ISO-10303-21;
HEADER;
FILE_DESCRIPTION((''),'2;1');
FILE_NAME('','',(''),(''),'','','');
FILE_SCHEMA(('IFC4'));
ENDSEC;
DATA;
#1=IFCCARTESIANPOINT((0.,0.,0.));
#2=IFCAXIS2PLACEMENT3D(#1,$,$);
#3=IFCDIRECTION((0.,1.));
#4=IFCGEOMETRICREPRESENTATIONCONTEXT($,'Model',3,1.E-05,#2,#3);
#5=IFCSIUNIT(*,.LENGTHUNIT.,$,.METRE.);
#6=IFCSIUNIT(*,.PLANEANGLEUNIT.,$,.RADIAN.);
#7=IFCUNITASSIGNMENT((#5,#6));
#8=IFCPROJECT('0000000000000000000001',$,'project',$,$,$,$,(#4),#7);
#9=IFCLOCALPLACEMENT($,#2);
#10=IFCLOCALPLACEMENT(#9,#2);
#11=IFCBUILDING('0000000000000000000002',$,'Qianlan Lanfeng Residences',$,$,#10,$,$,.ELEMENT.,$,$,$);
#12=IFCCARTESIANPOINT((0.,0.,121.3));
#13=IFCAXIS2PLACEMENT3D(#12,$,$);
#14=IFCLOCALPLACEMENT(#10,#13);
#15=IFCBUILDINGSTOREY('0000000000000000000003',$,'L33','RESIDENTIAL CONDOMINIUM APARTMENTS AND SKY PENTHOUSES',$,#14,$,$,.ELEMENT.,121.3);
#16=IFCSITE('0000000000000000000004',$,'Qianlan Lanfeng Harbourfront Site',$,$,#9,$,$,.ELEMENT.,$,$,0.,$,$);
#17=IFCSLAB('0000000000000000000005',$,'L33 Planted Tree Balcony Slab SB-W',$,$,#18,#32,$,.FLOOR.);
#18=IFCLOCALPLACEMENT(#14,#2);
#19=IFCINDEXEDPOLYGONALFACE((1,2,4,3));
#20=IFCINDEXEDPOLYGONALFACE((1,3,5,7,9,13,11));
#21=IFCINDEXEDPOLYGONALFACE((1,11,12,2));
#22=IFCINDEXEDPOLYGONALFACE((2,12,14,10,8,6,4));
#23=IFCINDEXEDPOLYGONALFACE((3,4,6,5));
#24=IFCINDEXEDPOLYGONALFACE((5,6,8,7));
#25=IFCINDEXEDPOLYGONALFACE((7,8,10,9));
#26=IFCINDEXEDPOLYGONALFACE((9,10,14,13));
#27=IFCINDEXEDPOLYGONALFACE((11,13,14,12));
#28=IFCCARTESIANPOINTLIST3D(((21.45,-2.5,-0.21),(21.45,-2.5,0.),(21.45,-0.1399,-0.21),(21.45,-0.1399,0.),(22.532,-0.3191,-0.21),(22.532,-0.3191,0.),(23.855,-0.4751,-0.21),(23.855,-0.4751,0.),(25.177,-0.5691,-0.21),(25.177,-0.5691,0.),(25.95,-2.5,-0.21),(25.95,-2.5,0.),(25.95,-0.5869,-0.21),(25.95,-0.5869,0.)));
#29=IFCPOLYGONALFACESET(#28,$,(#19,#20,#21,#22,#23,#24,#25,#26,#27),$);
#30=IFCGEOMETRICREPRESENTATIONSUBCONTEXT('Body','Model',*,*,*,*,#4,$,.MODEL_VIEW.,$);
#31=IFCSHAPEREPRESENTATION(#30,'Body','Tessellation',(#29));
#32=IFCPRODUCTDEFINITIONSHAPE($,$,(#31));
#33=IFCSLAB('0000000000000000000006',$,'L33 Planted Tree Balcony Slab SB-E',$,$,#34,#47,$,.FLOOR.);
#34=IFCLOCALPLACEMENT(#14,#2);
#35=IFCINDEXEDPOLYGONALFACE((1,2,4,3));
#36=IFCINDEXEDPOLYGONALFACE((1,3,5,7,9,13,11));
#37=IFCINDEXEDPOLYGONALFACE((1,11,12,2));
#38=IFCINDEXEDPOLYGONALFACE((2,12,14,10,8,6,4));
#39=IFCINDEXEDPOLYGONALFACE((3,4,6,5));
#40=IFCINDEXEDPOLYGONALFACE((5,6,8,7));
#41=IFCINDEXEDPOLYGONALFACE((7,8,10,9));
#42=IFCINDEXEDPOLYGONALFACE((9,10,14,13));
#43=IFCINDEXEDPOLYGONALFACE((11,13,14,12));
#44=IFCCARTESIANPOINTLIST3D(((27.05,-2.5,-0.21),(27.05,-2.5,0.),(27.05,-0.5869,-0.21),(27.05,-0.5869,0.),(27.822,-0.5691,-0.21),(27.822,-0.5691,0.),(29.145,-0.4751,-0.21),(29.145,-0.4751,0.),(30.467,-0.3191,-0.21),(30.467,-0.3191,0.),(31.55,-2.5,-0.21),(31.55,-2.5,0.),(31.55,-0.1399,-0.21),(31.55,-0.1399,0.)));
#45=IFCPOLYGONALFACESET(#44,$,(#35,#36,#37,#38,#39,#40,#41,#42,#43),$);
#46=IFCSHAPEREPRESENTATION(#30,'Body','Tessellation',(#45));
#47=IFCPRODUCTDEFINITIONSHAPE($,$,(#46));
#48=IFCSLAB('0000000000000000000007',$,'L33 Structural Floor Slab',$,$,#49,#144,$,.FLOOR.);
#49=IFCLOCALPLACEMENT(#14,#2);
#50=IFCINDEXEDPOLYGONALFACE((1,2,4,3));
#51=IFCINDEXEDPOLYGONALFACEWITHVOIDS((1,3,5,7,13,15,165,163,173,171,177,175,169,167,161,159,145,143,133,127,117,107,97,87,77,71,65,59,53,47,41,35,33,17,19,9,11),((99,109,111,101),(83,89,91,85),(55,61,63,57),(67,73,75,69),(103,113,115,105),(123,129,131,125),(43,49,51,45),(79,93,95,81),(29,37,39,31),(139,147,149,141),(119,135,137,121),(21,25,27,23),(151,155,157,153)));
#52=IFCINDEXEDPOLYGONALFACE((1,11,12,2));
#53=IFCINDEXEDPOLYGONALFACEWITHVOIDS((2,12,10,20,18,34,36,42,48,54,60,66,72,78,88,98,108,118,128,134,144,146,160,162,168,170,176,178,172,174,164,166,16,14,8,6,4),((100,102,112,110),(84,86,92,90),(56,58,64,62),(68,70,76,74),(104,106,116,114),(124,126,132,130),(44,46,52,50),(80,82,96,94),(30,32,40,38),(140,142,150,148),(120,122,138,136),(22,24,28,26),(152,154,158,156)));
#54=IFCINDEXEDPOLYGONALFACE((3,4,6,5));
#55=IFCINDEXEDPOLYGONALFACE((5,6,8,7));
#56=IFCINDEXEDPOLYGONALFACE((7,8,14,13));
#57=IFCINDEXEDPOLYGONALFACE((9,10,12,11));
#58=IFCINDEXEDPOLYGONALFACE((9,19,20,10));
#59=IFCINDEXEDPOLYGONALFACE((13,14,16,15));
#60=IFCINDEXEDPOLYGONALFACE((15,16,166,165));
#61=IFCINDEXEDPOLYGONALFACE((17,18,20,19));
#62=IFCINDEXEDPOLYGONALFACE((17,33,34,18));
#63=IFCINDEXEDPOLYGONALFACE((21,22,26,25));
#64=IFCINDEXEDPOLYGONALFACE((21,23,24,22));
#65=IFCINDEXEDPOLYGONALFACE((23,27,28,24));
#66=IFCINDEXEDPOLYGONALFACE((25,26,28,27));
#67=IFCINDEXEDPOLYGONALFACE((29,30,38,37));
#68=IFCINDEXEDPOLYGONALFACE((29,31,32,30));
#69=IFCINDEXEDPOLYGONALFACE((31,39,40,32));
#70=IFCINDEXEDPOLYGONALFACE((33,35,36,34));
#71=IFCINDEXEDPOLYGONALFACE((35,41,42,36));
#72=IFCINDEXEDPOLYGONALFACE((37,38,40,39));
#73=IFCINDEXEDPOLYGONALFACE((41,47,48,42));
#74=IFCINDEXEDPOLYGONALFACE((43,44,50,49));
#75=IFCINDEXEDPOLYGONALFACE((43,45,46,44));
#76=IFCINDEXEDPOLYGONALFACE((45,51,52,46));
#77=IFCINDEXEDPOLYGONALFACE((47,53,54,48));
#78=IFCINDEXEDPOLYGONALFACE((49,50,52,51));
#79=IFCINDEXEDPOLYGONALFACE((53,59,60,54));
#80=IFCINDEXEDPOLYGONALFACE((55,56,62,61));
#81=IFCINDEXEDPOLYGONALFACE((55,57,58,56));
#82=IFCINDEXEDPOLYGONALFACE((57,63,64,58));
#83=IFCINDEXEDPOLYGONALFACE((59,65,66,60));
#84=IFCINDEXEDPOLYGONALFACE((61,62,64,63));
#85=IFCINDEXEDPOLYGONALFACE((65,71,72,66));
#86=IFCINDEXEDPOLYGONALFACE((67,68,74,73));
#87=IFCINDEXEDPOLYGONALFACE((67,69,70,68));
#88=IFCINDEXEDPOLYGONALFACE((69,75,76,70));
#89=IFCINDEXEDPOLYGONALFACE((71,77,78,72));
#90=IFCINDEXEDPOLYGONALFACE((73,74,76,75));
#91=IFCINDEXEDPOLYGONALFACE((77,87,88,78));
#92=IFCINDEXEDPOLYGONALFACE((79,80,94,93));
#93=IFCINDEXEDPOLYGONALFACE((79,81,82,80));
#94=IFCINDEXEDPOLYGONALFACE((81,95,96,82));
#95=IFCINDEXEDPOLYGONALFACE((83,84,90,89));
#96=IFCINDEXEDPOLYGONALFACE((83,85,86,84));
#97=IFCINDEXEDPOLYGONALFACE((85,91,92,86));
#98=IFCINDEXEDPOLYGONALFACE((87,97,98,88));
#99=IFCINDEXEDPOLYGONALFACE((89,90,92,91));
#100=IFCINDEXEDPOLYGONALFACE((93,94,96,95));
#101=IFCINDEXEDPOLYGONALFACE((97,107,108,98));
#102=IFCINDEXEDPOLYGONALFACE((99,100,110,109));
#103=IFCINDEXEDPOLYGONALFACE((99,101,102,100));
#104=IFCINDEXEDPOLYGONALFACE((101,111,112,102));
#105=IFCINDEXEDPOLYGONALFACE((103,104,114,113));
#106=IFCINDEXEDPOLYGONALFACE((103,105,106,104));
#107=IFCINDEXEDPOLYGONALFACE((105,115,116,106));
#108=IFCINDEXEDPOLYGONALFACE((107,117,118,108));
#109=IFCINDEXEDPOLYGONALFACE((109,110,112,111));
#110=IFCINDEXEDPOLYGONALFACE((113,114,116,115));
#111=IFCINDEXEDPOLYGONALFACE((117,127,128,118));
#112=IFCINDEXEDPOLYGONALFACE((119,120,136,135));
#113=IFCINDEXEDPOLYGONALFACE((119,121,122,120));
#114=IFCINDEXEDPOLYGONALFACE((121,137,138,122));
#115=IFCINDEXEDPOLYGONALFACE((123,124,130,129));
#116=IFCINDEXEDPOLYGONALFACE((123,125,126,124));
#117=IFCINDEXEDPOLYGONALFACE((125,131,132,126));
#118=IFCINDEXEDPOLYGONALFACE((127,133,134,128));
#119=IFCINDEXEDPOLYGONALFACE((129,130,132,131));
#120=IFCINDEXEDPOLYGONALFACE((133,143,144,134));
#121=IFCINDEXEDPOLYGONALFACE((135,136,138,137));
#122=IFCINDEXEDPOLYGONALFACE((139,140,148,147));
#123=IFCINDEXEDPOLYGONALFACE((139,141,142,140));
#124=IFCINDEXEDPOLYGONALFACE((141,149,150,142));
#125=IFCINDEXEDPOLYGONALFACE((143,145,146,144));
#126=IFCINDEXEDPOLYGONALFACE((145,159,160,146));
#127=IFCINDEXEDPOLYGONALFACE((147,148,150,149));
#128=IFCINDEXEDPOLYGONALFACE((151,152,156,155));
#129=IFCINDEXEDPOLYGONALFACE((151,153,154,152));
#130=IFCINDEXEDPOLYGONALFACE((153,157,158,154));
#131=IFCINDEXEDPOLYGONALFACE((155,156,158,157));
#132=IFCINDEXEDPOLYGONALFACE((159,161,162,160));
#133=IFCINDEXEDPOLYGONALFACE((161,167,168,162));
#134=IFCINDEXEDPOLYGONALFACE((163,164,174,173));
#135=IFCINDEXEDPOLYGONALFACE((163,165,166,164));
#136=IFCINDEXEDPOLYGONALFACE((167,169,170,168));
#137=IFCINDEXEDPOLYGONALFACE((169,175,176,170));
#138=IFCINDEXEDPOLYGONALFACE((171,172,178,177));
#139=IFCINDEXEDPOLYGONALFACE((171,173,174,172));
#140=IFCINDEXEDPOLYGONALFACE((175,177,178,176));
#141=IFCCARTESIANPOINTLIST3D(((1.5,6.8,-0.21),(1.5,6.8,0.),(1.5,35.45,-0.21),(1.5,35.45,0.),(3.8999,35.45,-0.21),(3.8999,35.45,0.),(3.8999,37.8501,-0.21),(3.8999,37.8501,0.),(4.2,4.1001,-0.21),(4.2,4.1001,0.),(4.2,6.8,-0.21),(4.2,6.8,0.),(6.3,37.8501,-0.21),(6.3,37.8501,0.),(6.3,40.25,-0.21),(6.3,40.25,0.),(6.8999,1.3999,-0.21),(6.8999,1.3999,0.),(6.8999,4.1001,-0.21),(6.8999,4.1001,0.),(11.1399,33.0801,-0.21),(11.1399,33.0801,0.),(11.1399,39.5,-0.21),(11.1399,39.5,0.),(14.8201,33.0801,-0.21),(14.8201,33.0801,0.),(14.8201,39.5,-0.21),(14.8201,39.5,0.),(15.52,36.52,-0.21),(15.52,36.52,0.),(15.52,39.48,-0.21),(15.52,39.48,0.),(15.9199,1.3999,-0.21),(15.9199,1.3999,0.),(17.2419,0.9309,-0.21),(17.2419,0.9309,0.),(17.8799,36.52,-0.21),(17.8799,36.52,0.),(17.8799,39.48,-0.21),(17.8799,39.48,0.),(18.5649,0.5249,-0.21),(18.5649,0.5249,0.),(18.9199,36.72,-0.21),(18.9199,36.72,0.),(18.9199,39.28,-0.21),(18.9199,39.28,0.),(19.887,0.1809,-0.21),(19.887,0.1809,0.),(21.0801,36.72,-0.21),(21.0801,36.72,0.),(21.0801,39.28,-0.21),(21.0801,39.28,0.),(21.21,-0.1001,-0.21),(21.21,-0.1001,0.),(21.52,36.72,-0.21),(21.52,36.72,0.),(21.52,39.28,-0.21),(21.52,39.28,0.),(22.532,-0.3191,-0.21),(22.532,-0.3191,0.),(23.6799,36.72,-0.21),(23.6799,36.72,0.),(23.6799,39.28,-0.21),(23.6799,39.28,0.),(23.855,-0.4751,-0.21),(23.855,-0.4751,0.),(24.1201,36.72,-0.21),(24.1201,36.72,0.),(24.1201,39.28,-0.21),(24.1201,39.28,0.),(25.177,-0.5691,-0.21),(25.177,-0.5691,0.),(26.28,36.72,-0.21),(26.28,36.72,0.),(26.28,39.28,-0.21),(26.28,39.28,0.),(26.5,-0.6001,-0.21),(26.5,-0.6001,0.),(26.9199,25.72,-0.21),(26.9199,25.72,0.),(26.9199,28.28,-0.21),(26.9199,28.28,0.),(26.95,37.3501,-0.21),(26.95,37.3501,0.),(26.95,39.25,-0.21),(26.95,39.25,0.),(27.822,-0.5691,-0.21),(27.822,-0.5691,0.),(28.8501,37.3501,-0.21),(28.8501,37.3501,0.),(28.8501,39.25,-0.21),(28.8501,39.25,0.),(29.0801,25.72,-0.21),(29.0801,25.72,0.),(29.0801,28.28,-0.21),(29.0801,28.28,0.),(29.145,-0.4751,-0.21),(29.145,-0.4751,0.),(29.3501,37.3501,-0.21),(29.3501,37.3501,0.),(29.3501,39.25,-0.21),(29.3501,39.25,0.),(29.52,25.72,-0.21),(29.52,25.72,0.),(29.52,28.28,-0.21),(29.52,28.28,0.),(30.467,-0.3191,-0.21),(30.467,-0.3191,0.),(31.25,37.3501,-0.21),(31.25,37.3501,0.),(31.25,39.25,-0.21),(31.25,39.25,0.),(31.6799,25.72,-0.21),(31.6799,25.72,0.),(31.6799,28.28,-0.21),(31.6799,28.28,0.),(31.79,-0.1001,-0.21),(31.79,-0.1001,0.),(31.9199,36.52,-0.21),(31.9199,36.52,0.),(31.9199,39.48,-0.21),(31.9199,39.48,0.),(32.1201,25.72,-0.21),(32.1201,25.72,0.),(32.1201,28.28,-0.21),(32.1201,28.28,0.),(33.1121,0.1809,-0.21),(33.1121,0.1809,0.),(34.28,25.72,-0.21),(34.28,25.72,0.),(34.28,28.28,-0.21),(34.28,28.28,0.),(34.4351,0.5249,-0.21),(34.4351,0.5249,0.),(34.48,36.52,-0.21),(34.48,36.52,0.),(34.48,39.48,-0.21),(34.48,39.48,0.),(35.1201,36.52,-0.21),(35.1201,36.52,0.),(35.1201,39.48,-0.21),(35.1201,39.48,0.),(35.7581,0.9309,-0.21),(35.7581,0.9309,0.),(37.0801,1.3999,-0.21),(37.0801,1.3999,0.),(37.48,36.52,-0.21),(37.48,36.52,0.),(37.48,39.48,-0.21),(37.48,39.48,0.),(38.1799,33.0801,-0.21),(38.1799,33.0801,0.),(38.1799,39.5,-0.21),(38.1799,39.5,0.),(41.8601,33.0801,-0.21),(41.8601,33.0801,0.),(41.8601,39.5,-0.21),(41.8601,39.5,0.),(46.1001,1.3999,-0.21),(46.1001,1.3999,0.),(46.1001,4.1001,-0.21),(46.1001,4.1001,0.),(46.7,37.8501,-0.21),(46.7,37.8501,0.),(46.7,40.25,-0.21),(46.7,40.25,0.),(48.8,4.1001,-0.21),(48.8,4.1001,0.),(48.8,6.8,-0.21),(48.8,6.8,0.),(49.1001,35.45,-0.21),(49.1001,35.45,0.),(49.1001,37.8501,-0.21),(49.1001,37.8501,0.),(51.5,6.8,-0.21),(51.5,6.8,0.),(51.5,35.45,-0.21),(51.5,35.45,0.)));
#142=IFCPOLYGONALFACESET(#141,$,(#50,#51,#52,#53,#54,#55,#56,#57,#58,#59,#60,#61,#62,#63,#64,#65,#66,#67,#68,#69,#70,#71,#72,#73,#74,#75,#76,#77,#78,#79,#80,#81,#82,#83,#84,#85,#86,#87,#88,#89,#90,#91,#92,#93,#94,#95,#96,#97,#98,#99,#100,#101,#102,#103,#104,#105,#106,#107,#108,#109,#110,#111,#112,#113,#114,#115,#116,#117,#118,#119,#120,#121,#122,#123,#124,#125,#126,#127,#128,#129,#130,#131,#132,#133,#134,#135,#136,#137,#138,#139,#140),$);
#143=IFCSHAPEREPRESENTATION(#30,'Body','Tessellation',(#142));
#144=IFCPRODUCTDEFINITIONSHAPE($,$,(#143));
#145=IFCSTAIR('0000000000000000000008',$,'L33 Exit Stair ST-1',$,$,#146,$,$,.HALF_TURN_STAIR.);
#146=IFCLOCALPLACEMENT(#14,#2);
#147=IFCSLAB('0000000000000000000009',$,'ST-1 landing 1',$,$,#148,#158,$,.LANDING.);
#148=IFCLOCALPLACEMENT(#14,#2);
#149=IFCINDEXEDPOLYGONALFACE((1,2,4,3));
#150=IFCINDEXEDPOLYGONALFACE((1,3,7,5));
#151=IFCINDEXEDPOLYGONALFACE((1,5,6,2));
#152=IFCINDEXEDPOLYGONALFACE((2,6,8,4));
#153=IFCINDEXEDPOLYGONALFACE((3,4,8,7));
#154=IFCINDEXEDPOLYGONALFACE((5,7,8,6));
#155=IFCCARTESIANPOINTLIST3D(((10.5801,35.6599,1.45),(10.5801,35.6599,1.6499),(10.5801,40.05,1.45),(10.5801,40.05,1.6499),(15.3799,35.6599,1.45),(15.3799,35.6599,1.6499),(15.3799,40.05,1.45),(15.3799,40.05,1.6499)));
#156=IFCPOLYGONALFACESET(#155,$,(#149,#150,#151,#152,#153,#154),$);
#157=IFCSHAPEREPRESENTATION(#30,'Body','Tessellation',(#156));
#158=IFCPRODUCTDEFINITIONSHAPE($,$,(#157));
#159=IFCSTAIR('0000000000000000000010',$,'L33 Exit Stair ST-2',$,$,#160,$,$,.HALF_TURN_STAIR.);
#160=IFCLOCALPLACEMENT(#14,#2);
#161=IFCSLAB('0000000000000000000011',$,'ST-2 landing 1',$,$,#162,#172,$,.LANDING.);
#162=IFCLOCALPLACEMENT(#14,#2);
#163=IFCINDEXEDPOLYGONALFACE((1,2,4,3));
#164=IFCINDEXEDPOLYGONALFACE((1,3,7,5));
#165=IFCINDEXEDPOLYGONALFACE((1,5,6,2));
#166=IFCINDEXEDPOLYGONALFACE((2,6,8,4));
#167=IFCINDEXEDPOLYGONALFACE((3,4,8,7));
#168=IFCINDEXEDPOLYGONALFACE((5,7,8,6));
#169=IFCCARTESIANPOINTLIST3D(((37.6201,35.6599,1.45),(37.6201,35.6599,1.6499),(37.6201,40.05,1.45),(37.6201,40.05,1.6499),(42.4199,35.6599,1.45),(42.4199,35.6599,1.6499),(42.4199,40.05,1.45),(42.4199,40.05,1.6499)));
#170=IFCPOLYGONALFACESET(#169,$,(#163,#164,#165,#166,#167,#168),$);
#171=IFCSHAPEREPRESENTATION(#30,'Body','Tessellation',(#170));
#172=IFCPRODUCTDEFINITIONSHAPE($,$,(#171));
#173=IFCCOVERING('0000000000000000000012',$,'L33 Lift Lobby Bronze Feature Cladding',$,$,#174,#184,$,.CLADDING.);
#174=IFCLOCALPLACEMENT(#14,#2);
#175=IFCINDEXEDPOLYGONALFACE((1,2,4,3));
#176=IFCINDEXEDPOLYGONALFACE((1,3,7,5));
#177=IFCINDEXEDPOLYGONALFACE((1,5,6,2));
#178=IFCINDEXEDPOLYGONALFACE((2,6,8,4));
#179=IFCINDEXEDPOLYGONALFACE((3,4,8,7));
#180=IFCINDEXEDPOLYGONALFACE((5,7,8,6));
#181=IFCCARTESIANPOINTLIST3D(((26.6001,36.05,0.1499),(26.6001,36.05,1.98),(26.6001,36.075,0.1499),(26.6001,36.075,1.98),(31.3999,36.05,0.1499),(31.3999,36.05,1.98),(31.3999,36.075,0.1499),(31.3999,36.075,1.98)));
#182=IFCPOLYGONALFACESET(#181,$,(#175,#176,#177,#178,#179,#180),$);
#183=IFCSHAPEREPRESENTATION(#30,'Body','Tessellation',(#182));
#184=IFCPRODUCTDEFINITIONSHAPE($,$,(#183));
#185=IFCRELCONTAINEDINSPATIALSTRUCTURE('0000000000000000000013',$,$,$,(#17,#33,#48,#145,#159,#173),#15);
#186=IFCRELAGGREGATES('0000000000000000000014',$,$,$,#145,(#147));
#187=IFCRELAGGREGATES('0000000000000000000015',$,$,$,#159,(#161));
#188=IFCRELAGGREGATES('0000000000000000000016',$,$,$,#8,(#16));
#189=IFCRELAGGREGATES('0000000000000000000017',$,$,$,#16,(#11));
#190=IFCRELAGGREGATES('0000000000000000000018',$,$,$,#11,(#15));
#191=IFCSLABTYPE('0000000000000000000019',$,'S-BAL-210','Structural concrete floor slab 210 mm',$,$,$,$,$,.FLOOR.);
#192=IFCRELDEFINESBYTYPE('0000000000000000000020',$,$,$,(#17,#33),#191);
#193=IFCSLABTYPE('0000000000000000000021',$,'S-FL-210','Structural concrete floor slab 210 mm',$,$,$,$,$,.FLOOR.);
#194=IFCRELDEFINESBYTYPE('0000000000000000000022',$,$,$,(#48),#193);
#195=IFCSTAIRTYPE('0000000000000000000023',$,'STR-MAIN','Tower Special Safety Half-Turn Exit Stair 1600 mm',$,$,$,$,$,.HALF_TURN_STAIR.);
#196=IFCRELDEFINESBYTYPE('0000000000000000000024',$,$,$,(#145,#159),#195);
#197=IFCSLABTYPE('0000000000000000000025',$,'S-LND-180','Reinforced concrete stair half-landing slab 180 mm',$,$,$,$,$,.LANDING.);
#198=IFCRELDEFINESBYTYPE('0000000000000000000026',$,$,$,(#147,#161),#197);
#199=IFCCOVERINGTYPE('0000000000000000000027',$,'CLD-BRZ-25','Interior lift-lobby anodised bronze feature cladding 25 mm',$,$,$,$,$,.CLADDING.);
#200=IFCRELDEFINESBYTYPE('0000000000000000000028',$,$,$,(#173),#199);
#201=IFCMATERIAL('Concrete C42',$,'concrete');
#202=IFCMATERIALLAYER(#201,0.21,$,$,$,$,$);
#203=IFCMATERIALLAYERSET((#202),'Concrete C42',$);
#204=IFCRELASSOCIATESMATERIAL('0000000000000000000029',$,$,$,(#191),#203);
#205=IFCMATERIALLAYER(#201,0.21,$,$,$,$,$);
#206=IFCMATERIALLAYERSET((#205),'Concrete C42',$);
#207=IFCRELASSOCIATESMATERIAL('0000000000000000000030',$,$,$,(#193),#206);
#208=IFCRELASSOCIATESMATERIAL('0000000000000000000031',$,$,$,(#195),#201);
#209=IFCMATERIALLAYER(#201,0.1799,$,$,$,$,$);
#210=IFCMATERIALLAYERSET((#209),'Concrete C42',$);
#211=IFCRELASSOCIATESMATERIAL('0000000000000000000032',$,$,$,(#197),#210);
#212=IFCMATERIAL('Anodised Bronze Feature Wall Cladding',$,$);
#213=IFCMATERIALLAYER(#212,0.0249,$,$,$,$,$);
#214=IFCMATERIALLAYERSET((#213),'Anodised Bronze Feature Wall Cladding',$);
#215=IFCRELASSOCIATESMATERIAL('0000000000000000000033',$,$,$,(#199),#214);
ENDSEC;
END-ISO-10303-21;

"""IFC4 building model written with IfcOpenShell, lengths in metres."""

from ifc_helpers import new_model, si_unit, direction, frame, origin, place, context, subcontext, project, spatial, polyline, outline, extrude, material, layer, layer_set, type_object, element, aggregate, save


model = new_model("IFC4")

# Units and contexts
model_context = context("Model", 3, precision=1e-05, world=origin(), true_north=direction((0.0, 1.0)))
body_context = subcontext(model_context, "Body", "Model", "MODEL_VIEW")
ifc_project = project(units=[si_unit("LENGTHUNIT", "METRE"), si_unit("PLANEANGLEUNIT", "RADIAN")], contexts=[model_context])

# Site, building, storey
site_placement = place(None, origin())
site = spatial("IfcSite", under=ifc_project, at=site_placement, Name="Qianlan Lanfeng Harbourfront Site", CompositionType="ELEMENT", RefElevation=0.0)
building_placement = place(site_placement, origin())
building = spatial("IfcBuilding", under=site, at=building_placement, Name="Qianlan Lanfeng Residences", CompositionType="ELEMENT")
storey_placement = place(building_placement, frame((0.0, 0.0, 121.3)))
storey = spatial("IfcBuildingStorey", under=building, at=storey_placement, Name="L33", Description="RESIDENTIAL CONDOMINIUM APARTMENTS AND SKY PENTHOUSES", CompositionType="ELEMENT", Elevation=121.3)

# Slabs
ifc_material_1 = material(Name="Concrete C42", Category="concrete")
ifc_layer_1 = layer(ifc_material_1, 0.21)
ifc_layer_set_1 = layer_set([ifc_layer_1], Name="Concrete C42")
slab_type_1 = type_object("IfcSlabType", Name="S-BAL-210", Description="Structural concrete floor slab 210 mm", PredefinedType="FLOOR", material=ifc_layer_set_1)
slab_1_placement = place(storey_placement, frame((0.0, 0.0, -0.21)))
element("IfcSlab", 1, at=slab_1_placement, inside=storey, type_object=slab_type_1, Name="L33 Planted Tree Balcony Slab SB-W", PredefinedType="FLOOR", context=body_context, shape_type="SweptSolid", body=[
    extrude(outline(polyline([(25.95, -0.5869), (25.177, -0.5691), (23.855, -0.4751), (22.532, -0.3191), (21.45, -0.1399), (21.45, -2.5), (25.95, -2.5), (25.95, -0.5869)])), origin(), (0.0, 0.0, 1.0), 0.21),
])
slab_2_placement = place(storey_placement, frame((0.0, 0.0, -0.21)))
element("IfcSlab", 2, at=slab_2_placement, inside=storey, type_object=slab_type_1, Name="L33 Planted Tree Balcony Slab SB-E", PredefinedType="FLOOR", context=body_context, shape_type="SweptSolid", body=[
    extrude(outline(polyline([(31.55, -0.1399), (30.467, -0.3191), (29.145, -0.4751), (27.822, -0.5691), (27.05, -0.5869), (27.05, -2.5), (31.55, -2.5), (31.55, -0.1399)])), origin(), (0.0, 0.0, 1.0), 0.21),
])
ifc_layer_2 = layer(ifc_material_1, 0.21)
ifc_layer_set_2 = layer_set([ifc_layer_2], Name="Concrete C42")
slab_type_2 = type_object("IfcSlabType", Name="S-FL-210", Description="Structural concrete floor slab 210 mm", PredefinedType="FLOOR", material=ifc_layer_set_2)
slab_3_placement = place(storey_placement, frame((0.0, 0.0, -0.21)))
element("IfcSlab", 3, at=slab_3_placement, inside=storey, type_object=slab_type_2, Name="L33 Structural Floor Slab", PredefinedType="FLOOR", context=body_context, shape_type="SweptSolid", body=[
    extrude(outline(polyline([(1.5, 6.8), (4.2, 6.8), (4.2, 4.1001), (6.8999, 4.1001), (6.8999, 1.3999), (15.9199, 1.3999), (17.2419, 0.9309), (18.5649, 0.5249), (19.887, 0.1809), (21.21, -0.1001), (22.532, -0.3191), (23.855, -0.4751), (25.177, -0.5691), (26.5, -0.6001), (27.822, -0.5691), (29.145, -0.4751), (30.467, -0.3191), (31.79, -0.1001), (33.1121, 0.1809), (34.4351, 0.5249), (35.7581, 0.9309), (37.0801, 1.3999), (46.1001, 1.3999), (46.1001, 4.1001), (48.8, 4.1001), (48.8, 6.8), (51.5, 6.8), (51.5, 35.45), (49.1001, 35.45), (49.1001, 37.8501), (46.7, 37.8501), (46.7, 40.25), (6.3, 40.25), (6.3, 37.8501), (3.8999, 37.8501), (3.8999, 35.45), (1.5, 35.45), (1.5, 6.8)]), holes=[polyline([(11.1399, 33.0801), (11.1399, 39.5), (14.8201, 39.5), (14.8201, 33.0801), (11.1399, 33.0801)]), polyline([(38.1799, 33.0801), (38.1799, 39.5), (41.8601, 39.5), (41.8601, 33.0801), (38.1799, 33.0801)]), polyline([(15.52, 36.52), (15.52, 39.48), (17.8799, 39.48), (17.8799, 36.52), (15.52, 36.52)]), polyline([(35.1201, 36.52), (35.1201, 39.48), (37.48, 39.48), (37.48, 36.52), (35.1201, 36.52)]), polyline([(31.9199, 36.52), (31.9199, 39.48), (34.48, 39.48), (34.48, 36.52), (31.9199, 36.52)]), polyline([(26.9199, 25.72), (26.9199, 28.28), (29.0801, 28.28), (29.0801, 25.72), (26.9199, 25.72)]), polyline([(29.52, 25.72), (29.52, 28.28), (31.6799, 28.28), (31.6799, 25.72), (29.52, 25.72)]), polyline([(32.1201, 25.72), (32.1201, 28.28), (34.28, 28.28), (34.28, 25.72), (32.1201, 25.72)]), polyline([(18.9199, 36.72), (18.9199, 39.28), (21.0801, 39.28), (21.0801, 36.72), (18.9199, 36.72)]), polyline([(21.52, 36.72), (21.52, 39.28), (23.6799, 39.28), (23.6799, 36.72), (21.52, 36.72)]), polyline([(24.1201, 36.72), (24.1201, 39.28), (26.28, 39.28), (26.28, 36.72), (24.1201, 36.72)]), polyline([(26.95, 37.3501), (26.95, 39.25), (28.8501, 39.25), (28.8501, 37.3501), (26.95, 37.3501)]), polyline([(29.3501, 37.3501), (29.3501, 39.25), (31.25, 39.25), (31.25, 37.3501), (29.3501, 37.3501)])]), origin(), (0.0, 0.0, 1.0), 0.21),
])

# Stairs, slabs
stair_type = type_object("IfcStairType", Name="STR-MAIN", Description="Tower Special Safety Half-Turn Exit Stair 1600 mm", PredefinedType="HALF_TURN_STAIR", material=ifc_material_1)
stair_1_placement = place(storey_placement, origin())
stair_1 = element("IfcStair", 4, at=stair_1_placement, inside=storey, type_object=stair_type, Name="L33 Exit Stair ST-1", PredefinedType="HALF_TURN_STAIR")
ifc_layer_3 = layer(ifc_material_1, 0.1799)
ifc_layer_set_3 = layer_set([ifc_layer_3], Name="Concrete C42")
slab_type_3 = type_object("IfcSlabType", Name="S-LND-180", Description="Reinforced concrete stair half-landing slab 180 mm", PredefinedType="LANDING", material=ifc_layer_set_3)
slab_4_placement = place(storey_placement, frame((0.0, 0.0, 1.45)))
slab_4 = element("IfcSlab", 5, at=slab_4_placement, type_object=slab_type_3, Name="ST-1 landing 1", PredefinedType="LANDING", context=body_context, shape_type="SweptSolid", body=[
    extrude(outline(polyline([(10.5801, 35.6599), (15.3799, 35.6599), (15.3799, 40.05), (10.5801, 40.05), (10.5801, 35.6599)])), origin(), (0.0, 0.0, 1.0), 0.2),
])
aggregate(stair_1, [slab_4])
stair_2_placement = place(storey_placement, origin())
stair_2 = element("IfcStair", 6, at=stair_2_placement, inside=storey, type_object=stair_type, Name="L33 Exit Stair ST-2", PredefinedType="HALF_TURN_STAIR")
slab_5_placement = place(storey_placement, frame((0.0, 0.0, 1.45)))
slab_5 = element("IfcSlab", 7, at=slab_5_placement, type_object=slab_type_3, Name="ST-2 landing 1", PredefinedType="LANDING", context=body_context, shape_type="SweptSolid", body=[
    extrude(outline(polyline([(37.6201, 35.6599), (42.4199, 35.6599), (42.4199, 40.05), (37.6201, 40.05), (37.6201, 35.6599)])), origin(), (0.0, 0.0, 1.0), 0.2),
])
aggregate(stair_2, [slab_5])

# Covering
ifc_material_2 = material(Name="Anodised Bronze Feature Wall Cladding")
ifc_layer_4 = layer(ifc_material_2, 0.0249)
ifc_layer_set_4 = layer_set([ifc_layer_4], Name="Anodised Bronze Feature Wall Cladding")
covering_type_1 = type_object("IfcCoveringType", Name="CLD-BRZ-25", Description="Interior lift-lobby anodised bronze feature cladding 25 mm", PredefinedType="CLADDING", material=ifc_layer_set_4)
covering_1_placement = place(storey_placement, frame((0.0, 0.0, 0.1499)))
element("IfcCovering", 8, at=covering_1_placement, inside=storey, type_object=covering_type_1, Name="L33 Lift Lobby Bronze Feature Cladding", PredefinedType="CLADDING", context=body_context, shape_type="SweptSolid", body=[
    extrude(outline(polyline([(26.6001, 36.05), (31.3999, 36.05), (31.3999, 36.075), (26.6001, 36.075), (26.6001, 36.05)])), origin(), (0.0, 0.0, 1.0), 1.8301),
])

save(model, "model.ifc")
